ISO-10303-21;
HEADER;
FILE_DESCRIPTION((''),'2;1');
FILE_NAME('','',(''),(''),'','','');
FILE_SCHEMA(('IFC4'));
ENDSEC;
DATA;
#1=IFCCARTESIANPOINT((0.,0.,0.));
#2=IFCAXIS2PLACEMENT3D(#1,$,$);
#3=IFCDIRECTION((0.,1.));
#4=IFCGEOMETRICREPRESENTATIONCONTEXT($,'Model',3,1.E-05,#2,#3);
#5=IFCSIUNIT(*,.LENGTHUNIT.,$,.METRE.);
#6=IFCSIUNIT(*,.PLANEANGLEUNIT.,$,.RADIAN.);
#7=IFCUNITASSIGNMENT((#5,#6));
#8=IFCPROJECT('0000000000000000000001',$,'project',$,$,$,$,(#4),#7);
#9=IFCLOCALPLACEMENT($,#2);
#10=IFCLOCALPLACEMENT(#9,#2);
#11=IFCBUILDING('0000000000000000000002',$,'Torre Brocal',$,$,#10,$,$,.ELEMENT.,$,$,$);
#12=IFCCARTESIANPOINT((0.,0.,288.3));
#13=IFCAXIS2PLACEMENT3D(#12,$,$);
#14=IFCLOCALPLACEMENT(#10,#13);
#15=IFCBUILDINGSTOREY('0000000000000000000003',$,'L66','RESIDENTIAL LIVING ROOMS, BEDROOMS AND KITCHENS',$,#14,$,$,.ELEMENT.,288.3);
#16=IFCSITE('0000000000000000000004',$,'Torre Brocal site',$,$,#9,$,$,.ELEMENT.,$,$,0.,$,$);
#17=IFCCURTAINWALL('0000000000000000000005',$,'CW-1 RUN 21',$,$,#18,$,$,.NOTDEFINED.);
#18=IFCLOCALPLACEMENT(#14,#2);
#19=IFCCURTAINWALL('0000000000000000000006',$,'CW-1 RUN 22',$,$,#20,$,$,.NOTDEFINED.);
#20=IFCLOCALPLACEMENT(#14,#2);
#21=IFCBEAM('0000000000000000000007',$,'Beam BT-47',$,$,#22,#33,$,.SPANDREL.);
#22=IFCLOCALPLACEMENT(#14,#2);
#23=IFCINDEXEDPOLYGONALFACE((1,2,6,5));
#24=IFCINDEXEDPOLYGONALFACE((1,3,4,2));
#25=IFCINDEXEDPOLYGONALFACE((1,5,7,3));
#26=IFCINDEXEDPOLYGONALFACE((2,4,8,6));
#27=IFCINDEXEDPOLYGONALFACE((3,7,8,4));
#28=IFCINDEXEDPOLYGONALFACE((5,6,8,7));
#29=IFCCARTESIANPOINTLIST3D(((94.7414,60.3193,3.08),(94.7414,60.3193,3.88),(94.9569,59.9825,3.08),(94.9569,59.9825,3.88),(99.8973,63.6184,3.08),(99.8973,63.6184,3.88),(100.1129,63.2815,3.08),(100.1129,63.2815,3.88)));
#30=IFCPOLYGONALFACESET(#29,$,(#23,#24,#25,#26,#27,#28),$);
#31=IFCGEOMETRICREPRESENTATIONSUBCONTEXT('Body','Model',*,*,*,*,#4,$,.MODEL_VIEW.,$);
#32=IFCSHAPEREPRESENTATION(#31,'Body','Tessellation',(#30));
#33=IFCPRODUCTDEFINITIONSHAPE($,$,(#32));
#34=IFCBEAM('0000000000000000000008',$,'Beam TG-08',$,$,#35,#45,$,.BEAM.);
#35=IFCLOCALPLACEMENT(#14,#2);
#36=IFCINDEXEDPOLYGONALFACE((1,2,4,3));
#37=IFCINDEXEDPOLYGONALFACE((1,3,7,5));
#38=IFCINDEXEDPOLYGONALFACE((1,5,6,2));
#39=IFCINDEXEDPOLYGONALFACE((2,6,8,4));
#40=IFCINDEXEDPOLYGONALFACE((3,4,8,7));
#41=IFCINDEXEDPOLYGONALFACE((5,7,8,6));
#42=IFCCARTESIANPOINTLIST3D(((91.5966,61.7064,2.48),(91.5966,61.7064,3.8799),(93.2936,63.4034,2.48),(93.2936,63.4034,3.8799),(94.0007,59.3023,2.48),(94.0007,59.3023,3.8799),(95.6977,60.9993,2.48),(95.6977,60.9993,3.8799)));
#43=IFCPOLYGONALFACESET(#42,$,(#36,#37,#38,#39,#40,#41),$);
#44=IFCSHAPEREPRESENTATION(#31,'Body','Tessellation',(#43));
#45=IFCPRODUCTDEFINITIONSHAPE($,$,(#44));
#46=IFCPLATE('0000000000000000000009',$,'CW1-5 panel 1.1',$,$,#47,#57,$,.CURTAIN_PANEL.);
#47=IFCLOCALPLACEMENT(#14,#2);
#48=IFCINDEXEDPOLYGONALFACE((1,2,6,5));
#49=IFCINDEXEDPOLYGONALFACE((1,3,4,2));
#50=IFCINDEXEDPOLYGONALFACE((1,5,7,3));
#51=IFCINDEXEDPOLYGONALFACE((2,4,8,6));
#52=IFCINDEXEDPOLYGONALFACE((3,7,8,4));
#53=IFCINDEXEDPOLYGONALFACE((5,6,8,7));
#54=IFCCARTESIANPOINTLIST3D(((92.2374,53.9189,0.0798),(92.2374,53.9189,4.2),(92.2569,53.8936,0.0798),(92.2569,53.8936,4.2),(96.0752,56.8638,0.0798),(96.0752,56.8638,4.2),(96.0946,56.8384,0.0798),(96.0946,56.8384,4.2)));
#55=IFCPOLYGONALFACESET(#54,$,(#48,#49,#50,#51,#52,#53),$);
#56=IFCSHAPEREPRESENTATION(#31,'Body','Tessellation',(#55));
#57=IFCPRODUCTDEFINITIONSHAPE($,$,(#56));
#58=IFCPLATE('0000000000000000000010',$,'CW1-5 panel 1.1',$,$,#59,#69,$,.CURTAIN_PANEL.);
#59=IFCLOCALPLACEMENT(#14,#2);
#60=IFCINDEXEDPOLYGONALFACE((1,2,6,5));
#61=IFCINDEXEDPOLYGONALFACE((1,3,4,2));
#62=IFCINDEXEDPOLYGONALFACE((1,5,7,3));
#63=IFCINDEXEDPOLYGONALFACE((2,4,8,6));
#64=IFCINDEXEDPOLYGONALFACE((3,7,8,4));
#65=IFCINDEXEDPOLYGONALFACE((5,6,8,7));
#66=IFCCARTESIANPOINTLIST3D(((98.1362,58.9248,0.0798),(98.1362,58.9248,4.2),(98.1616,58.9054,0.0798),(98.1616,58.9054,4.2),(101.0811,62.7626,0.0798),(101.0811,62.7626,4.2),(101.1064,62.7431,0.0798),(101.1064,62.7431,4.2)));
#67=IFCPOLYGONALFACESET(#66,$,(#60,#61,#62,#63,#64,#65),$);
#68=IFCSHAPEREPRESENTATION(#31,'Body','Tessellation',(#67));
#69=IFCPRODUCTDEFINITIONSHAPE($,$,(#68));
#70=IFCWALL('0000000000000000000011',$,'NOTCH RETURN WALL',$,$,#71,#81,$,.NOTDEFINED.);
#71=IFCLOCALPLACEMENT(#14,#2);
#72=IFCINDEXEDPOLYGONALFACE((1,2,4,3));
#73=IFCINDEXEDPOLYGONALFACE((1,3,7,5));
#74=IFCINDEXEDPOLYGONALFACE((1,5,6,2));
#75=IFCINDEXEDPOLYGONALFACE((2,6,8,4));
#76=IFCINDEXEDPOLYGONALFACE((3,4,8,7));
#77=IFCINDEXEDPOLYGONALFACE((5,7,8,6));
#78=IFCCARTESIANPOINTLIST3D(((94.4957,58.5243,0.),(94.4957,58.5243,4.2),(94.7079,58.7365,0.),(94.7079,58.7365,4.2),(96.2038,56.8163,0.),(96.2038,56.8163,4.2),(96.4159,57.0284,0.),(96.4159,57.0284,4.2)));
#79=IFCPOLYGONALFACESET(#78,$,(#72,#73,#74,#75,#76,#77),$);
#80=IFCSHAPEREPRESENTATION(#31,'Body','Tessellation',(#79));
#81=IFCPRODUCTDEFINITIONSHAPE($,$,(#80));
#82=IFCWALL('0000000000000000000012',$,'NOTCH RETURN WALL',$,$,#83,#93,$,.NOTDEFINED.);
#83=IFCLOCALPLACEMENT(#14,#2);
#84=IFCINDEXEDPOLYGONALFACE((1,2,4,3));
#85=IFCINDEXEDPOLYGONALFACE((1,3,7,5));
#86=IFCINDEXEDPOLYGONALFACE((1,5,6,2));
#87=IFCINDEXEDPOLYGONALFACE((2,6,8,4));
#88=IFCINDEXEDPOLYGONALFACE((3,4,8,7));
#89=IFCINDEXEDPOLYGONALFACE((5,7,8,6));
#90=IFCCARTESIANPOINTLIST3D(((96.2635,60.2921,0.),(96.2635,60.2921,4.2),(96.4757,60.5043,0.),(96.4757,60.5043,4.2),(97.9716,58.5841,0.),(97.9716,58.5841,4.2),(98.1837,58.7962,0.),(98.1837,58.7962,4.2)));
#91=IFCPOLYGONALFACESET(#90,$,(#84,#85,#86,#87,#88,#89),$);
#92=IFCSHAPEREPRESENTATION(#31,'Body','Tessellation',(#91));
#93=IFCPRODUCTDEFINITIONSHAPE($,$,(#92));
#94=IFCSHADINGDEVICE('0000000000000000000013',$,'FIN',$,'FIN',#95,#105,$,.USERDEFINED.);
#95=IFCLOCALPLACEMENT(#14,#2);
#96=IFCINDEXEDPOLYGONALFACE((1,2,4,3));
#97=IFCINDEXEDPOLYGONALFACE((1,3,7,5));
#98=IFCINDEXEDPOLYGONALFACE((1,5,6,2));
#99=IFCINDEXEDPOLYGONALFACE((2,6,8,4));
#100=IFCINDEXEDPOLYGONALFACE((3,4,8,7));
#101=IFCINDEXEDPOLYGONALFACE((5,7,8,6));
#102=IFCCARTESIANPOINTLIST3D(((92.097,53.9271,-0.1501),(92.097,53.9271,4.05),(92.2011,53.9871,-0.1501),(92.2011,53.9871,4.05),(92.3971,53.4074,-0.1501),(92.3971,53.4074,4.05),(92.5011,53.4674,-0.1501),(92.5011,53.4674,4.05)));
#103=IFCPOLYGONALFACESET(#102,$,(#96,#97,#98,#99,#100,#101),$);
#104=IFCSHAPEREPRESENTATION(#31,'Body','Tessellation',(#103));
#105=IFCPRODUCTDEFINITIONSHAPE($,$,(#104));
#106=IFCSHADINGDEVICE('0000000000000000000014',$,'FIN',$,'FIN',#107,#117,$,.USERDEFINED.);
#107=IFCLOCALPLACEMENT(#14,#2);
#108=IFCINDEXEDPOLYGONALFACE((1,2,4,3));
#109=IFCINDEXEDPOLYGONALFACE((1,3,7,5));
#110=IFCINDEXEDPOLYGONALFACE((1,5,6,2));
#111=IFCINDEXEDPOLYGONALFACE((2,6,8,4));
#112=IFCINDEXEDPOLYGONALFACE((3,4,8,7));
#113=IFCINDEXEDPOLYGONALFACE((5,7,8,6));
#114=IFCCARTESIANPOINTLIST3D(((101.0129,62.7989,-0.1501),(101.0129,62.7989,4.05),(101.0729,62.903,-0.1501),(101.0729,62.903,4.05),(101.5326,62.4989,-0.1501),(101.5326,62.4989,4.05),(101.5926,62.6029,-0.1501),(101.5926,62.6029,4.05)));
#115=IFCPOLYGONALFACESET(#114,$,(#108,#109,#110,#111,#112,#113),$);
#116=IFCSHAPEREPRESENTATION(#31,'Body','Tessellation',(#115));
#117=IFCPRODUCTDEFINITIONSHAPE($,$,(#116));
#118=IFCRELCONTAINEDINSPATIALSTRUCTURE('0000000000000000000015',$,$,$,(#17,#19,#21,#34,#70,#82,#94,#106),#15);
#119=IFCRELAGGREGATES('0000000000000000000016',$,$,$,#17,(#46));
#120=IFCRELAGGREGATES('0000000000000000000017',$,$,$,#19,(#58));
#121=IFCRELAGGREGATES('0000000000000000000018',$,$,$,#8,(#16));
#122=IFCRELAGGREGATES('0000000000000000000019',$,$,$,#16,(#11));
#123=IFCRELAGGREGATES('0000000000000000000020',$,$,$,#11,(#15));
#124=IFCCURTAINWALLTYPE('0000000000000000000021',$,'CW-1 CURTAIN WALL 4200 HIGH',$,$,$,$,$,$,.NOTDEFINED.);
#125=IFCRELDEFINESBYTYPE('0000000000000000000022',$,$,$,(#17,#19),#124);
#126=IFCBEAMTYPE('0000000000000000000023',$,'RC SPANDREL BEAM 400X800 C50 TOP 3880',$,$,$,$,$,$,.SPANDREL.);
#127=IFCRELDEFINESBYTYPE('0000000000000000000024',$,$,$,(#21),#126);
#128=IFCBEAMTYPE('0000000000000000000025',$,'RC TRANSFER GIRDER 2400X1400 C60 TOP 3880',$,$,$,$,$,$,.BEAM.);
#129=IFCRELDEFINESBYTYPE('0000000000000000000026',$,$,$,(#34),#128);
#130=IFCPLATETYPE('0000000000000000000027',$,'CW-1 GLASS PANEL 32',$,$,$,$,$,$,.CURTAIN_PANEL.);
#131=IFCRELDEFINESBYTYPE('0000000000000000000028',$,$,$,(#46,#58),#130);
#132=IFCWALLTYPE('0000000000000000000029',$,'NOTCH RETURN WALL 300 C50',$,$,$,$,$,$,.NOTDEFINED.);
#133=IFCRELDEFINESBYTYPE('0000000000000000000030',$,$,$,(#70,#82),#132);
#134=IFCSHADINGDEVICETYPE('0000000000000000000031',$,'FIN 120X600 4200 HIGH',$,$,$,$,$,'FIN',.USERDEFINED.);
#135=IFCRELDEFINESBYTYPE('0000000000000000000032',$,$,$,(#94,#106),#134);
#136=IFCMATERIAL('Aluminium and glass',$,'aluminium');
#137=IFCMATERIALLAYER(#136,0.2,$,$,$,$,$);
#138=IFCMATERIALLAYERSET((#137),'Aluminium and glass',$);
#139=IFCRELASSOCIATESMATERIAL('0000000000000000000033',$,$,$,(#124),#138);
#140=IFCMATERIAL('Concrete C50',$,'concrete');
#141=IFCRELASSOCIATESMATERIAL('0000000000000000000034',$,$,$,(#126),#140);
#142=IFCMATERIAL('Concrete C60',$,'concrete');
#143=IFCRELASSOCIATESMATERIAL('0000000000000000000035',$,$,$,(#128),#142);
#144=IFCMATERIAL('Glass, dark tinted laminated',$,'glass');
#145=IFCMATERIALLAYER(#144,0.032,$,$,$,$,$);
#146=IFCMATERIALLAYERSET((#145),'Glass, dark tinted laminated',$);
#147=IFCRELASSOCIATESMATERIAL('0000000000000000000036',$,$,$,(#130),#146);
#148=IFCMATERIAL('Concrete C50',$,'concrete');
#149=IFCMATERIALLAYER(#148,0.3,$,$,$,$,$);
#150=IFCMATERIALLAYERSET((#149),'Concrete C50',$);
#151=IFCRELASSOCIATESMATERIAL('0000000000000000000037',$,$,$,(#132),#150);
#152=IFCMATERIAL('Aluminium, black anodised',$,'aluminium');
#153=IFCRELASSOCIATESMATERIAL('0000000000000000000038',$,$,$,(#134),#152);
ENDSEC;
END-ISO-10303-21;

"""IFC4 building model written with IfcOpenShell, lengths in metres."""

from ifc_helpers import new_model, si_unit, direction, frame, frame_2d, origin, origin_2d, place, context, subcontext, project, spatial, rectangle, extrude, material, layer, layer_set, material_profile, profile_set, type_object, element, aggregate, save


model = new_model("IFC4")

# Units and contexts
model_context = context("Model", 3, precision=1e-05, world=origin(), true_north=direction((0.0, 1.0)))
body_context = subcontext(model_context, "Body", "Model", "MODEL_VIEW")
ifc_project = project(units=[si_unit("LENGTHUNIT", "METRE"), si_unit("PLANEANGLEUNIT", "RADIAN")], contexts=[model_context])

# Site, building, storey
site_placement = place(None, origin())
site = spatial("IfcSite", under=ifc_project, at=site_placement, Name="Torre Brocal site", CompositionType="ELEMENT", RefElevation=0.0)
building_placement = place(site_placement, origin())
building = spatial("IfcBuilding", under=site, at=building_placement, Name="Torre Brocal", CompositionType="ELEMENT")
storey_placement = place(building_placement, frame((0.0, 0.0, 288.3)))
storey = spatial("IfcBuildingStorey", under=building, at=storey_placement, Name="L66", Description="RESIDENTIAL LIVING ROOMS, BEDROOMS AND KITCHENS", CompositionType="ELEMENT", Elevation=288.3)

# Shared definitions
ifc_material_1 = material(Name="Aluminium and glass", Category="aluminium")
ifc_layer_1 = layer(ifc_material_1, 0.2)
ifc_layer_set_1 = layer_set([ifc_layer_1], Name="Aluminium and glass")
curtain_wall_type = type_object("IfcCurtainWallType", Name="CW-1 CURTAIN WALL 4200 HIGH", PredefinedType="NOTDEFINED", material=ifc_layer_set_1)

# Curtain walls
curtain_wall_1_placement = place(storey_placement, origin())
curtain_wall_1 = element("IfcCurtainWall", 1, at=curtain_wall_1_placement, inside=storey, type_object=curtain_wall_type, Name="CW-1 RUN 21", PredefinedType="NOTDEFINED")
curtain_wall_2_placement = place(storey_placement, origin())
curtain_wall_2 = element("IfcCurtainWall", 2, at=curtain_wall_2_placement, inside=storey, type_object=curtain_wall_type, Name="CW-1 RUN 22", PredefinedType="NOTDEFINED")

# Beams
ifc_material_2 = material(Name="Concrete C50", Category="concrete")
ifc_material_profile_1 = material_profile(ifc_material_2, rectangle(XDim=0.3999, YDim=0.8, at=origin_2d()), Name="RC 400X800")
ifc_profile_set_1 = profile_set([ifc_material_profile_1], Name="Concrete C50")
beam_type_1 = type_object("IfcBeamType", Name="RC SPANDREL BEAM 400X800 C50 TOP 3880", PredefinedType="SPANDREL", material=ifc_profile_set_1)
for number, where, z_axis, x_axis, name in (
    (3, (94.8491, 60.1509, 3.48), (0.842329, 0.538964, 0.0), (-0.538964, 0.842329, 0.0), "Beam BT-47"),
):
    element("IfcBeam", number, at=place(storey_placement, frame(where, z_axis=z_axis, x_axis=x_axis)), inside=storey, type_object=beam_type_1, Name=name, PredefinedType="SPANDREL", context=body_context, shape_type="SweptSolid", body=[
        extrude(rectangle(XDim=0.3999, YDim=0.8, at=origin_2d()), origin(), (0.0, 0.0, 1.0), 6.1211),
    ])
ifc_material_3 = material(Name="Concrete C60", Category="concrete")
ifc_material_profile_2 = material_profile(ifc_material_3, rectangle(XDim=2.3999, YDim=1.3999, at=origin_2d()), Name="RC 2400X1400")
ifc_profile_set_2 = profile_set([ifc_material_profile_2], Name="Concrete C60")
beam_type_2 = type_object("IfcBeamType", Name="RC TRANSFER GIRDER 2400X1400 C60 TOP 3880", PredefinedType="BEAM", material=ifc_profile_set_2)
beam_1_placement = place(storey_placement, frame((92.4451, 62.5549, 3.1799), z_axis=(0.707107, -0.707107, 0.0), x_axis=(0.707107, 0.707107, 0.0)))
element("IfcBeam", 4, at=beam_1_placement, inside=storey, type_object=beam_type_2, Name="Beam TG-08", PredefinedType="BEAM", context=body_context, shape_type="SweptSolid", body=[
    extrude(rectangle(XDim=2.3999, YDim=1.3999, at=origin_2d()), origin(), (0.0, 0.0, 1.0), 3.3999),
])

# Plates
ifc_material_4 = material(Name="Glass, dark tinted laminated", Category="glass")
ifc_layer_2 = layer(ifc_material_4, 0.032)
ifc_layer_set_2 = layer_set([ifc_layer_2], Name="Glass, dark tinted laminated")
plate_type = type_object("IfcPlateType", Name="CW-1 GLASS PANEL 32", PredefinedType="CURTAIN_PANEL", material=ifc_layer_set_2)
plate_1_placement = place(storey_placement, frame((94.166, 55.3787, 0.0798), z_axis=(0.0, 0.0, 1.0), x_axis=(0.793353, 0.608761, 0.0)))
plate_1 = element("IfcPlate", 5, at=plate_1_placement, type_object=plate_type, Name="CW1-5 panel 1.1", PredefinedType="CURTAIN_PANEL", context=body_context, shape_type="SweptSolid", body=[
    extrude(rectangle(XDim=4.8374, YDim=0.032, at=origin_2d()), origin(), (0.0, 0.0, 1.0), 4.1201),
])
aggregate(curtain_wall_1, [plate_1])
plate_2_placement = place(storey_placement, frame((99.6213, 60.834, 0.0798), z_axis=(0.0, 0.0, 1.0), x_axis=(0.608761, 0.793353, 0.0)))
plate_2 = element("IfcPlate", 6, at=plate_2_placement, type_object=plate_type, Name="CW1-5 panel 1.1", PredefinedType="CURTAIN_PANEL", context=body_context, shape_type="SweptSolid", body=[
    extrude(rectangle(XDim=4.8374, YDim=0.032, at=origin_2d()), origin(), (0.0, 0.0, 1.0), 4.1201),
])
aggregate(curtain_wall_2, [plate_2])

# Walls
ifc_material_5 = material(Name="Concrete C50", Category="concrete")
ifc_layer_3 = layer(ifc_material_5, 0.3)
ifc_layer_set_3 = layer_set([ifc_layer_3], Name="Concrete C50")
wall_type = type_object("IfcWallType", Name="NOTCH RETURN WALL 300 C50", PredefinedType="NOTDEFINED", material=ifc_layer_set_3)
for number, where, z_axis, x_axis, name in (
    (7, (94.6018, 58.6304, 0.0), (0.0, 0.0, 1.0), (0.707107, -0.707107, 0.0), "NOTCH RETURN WALL"),
    (8, (96.3696, 60.3982, 0.0), (0.0, 0.0, 1.0), (0.707107, -0.707107, 0.0), "NOTCH RETURN WALL"),
):
    element("IfcWall", number, at=place(storey_placement, frame(where, z_axis=z_axis, x_axis=x_axis)), inside=storey, type_object=wall_type, Name=name, PredefinedType="NOTDEFINED", context=body_context, shape_type="SweptSolid", body=[
        extrude(rectangle(XDim=2.4155, YDim=0.3, at=frame_2d((1.2078, 0.0))), origin(), (0.0, 0.0, 1.0), 4.2),
    ])

# Shading devices
ifc_material_6 = material(Name="Aluminium, black anodised", Category="aluminium")
ifc_material_profile_3 = material_profile(ifc_material_6, rectangle(XDim=0.1201, YDim=0.6001, at=origin_2d()), Name="FIN 120X600 4200 HIGH")
ifc_profile_set_3 = profile_set([ifc_material_profile_3], Name="Aluminium, black anodised")
shading_device_type = type_object("IfcShadingDeviceType", Name="FIN 120X600 4200 HIGH", ElementType="FIN", PredefinedType="USERDEFINED", material=ifc_profile_set_3)
for number, where, z_axis, x_axis, name in (
    (9, (92.2991, 53.6973, -0.1501), (0.0, 0.0, 1.0), (0.866025, 0.5, 0.0), "FIN"),
    (10, (101.3027, 62.7009, -0.1501), (0.0, 0.0, 1.0), (0.5, 0.866025, 0.0), "FIN"),
):
    element("IfcShadingDevice", number, at=place(storey_placement, frame(where, z_axis=z_axis, x_axis=x_axis)), inside=storey, type_object=shading_device_type, Name=name, ObjectType="FIN", PredefinedType="USERDEFINED", context=body_context, shape_type="SweptSolid", body=[
        extrude(rectangle(XDim=0.1201, YDim=0.6001, at=origin_2d()), origin(), (0.0, 0.0, 1.0), 4.2002),
    ])

save(model, "model.ifc")
